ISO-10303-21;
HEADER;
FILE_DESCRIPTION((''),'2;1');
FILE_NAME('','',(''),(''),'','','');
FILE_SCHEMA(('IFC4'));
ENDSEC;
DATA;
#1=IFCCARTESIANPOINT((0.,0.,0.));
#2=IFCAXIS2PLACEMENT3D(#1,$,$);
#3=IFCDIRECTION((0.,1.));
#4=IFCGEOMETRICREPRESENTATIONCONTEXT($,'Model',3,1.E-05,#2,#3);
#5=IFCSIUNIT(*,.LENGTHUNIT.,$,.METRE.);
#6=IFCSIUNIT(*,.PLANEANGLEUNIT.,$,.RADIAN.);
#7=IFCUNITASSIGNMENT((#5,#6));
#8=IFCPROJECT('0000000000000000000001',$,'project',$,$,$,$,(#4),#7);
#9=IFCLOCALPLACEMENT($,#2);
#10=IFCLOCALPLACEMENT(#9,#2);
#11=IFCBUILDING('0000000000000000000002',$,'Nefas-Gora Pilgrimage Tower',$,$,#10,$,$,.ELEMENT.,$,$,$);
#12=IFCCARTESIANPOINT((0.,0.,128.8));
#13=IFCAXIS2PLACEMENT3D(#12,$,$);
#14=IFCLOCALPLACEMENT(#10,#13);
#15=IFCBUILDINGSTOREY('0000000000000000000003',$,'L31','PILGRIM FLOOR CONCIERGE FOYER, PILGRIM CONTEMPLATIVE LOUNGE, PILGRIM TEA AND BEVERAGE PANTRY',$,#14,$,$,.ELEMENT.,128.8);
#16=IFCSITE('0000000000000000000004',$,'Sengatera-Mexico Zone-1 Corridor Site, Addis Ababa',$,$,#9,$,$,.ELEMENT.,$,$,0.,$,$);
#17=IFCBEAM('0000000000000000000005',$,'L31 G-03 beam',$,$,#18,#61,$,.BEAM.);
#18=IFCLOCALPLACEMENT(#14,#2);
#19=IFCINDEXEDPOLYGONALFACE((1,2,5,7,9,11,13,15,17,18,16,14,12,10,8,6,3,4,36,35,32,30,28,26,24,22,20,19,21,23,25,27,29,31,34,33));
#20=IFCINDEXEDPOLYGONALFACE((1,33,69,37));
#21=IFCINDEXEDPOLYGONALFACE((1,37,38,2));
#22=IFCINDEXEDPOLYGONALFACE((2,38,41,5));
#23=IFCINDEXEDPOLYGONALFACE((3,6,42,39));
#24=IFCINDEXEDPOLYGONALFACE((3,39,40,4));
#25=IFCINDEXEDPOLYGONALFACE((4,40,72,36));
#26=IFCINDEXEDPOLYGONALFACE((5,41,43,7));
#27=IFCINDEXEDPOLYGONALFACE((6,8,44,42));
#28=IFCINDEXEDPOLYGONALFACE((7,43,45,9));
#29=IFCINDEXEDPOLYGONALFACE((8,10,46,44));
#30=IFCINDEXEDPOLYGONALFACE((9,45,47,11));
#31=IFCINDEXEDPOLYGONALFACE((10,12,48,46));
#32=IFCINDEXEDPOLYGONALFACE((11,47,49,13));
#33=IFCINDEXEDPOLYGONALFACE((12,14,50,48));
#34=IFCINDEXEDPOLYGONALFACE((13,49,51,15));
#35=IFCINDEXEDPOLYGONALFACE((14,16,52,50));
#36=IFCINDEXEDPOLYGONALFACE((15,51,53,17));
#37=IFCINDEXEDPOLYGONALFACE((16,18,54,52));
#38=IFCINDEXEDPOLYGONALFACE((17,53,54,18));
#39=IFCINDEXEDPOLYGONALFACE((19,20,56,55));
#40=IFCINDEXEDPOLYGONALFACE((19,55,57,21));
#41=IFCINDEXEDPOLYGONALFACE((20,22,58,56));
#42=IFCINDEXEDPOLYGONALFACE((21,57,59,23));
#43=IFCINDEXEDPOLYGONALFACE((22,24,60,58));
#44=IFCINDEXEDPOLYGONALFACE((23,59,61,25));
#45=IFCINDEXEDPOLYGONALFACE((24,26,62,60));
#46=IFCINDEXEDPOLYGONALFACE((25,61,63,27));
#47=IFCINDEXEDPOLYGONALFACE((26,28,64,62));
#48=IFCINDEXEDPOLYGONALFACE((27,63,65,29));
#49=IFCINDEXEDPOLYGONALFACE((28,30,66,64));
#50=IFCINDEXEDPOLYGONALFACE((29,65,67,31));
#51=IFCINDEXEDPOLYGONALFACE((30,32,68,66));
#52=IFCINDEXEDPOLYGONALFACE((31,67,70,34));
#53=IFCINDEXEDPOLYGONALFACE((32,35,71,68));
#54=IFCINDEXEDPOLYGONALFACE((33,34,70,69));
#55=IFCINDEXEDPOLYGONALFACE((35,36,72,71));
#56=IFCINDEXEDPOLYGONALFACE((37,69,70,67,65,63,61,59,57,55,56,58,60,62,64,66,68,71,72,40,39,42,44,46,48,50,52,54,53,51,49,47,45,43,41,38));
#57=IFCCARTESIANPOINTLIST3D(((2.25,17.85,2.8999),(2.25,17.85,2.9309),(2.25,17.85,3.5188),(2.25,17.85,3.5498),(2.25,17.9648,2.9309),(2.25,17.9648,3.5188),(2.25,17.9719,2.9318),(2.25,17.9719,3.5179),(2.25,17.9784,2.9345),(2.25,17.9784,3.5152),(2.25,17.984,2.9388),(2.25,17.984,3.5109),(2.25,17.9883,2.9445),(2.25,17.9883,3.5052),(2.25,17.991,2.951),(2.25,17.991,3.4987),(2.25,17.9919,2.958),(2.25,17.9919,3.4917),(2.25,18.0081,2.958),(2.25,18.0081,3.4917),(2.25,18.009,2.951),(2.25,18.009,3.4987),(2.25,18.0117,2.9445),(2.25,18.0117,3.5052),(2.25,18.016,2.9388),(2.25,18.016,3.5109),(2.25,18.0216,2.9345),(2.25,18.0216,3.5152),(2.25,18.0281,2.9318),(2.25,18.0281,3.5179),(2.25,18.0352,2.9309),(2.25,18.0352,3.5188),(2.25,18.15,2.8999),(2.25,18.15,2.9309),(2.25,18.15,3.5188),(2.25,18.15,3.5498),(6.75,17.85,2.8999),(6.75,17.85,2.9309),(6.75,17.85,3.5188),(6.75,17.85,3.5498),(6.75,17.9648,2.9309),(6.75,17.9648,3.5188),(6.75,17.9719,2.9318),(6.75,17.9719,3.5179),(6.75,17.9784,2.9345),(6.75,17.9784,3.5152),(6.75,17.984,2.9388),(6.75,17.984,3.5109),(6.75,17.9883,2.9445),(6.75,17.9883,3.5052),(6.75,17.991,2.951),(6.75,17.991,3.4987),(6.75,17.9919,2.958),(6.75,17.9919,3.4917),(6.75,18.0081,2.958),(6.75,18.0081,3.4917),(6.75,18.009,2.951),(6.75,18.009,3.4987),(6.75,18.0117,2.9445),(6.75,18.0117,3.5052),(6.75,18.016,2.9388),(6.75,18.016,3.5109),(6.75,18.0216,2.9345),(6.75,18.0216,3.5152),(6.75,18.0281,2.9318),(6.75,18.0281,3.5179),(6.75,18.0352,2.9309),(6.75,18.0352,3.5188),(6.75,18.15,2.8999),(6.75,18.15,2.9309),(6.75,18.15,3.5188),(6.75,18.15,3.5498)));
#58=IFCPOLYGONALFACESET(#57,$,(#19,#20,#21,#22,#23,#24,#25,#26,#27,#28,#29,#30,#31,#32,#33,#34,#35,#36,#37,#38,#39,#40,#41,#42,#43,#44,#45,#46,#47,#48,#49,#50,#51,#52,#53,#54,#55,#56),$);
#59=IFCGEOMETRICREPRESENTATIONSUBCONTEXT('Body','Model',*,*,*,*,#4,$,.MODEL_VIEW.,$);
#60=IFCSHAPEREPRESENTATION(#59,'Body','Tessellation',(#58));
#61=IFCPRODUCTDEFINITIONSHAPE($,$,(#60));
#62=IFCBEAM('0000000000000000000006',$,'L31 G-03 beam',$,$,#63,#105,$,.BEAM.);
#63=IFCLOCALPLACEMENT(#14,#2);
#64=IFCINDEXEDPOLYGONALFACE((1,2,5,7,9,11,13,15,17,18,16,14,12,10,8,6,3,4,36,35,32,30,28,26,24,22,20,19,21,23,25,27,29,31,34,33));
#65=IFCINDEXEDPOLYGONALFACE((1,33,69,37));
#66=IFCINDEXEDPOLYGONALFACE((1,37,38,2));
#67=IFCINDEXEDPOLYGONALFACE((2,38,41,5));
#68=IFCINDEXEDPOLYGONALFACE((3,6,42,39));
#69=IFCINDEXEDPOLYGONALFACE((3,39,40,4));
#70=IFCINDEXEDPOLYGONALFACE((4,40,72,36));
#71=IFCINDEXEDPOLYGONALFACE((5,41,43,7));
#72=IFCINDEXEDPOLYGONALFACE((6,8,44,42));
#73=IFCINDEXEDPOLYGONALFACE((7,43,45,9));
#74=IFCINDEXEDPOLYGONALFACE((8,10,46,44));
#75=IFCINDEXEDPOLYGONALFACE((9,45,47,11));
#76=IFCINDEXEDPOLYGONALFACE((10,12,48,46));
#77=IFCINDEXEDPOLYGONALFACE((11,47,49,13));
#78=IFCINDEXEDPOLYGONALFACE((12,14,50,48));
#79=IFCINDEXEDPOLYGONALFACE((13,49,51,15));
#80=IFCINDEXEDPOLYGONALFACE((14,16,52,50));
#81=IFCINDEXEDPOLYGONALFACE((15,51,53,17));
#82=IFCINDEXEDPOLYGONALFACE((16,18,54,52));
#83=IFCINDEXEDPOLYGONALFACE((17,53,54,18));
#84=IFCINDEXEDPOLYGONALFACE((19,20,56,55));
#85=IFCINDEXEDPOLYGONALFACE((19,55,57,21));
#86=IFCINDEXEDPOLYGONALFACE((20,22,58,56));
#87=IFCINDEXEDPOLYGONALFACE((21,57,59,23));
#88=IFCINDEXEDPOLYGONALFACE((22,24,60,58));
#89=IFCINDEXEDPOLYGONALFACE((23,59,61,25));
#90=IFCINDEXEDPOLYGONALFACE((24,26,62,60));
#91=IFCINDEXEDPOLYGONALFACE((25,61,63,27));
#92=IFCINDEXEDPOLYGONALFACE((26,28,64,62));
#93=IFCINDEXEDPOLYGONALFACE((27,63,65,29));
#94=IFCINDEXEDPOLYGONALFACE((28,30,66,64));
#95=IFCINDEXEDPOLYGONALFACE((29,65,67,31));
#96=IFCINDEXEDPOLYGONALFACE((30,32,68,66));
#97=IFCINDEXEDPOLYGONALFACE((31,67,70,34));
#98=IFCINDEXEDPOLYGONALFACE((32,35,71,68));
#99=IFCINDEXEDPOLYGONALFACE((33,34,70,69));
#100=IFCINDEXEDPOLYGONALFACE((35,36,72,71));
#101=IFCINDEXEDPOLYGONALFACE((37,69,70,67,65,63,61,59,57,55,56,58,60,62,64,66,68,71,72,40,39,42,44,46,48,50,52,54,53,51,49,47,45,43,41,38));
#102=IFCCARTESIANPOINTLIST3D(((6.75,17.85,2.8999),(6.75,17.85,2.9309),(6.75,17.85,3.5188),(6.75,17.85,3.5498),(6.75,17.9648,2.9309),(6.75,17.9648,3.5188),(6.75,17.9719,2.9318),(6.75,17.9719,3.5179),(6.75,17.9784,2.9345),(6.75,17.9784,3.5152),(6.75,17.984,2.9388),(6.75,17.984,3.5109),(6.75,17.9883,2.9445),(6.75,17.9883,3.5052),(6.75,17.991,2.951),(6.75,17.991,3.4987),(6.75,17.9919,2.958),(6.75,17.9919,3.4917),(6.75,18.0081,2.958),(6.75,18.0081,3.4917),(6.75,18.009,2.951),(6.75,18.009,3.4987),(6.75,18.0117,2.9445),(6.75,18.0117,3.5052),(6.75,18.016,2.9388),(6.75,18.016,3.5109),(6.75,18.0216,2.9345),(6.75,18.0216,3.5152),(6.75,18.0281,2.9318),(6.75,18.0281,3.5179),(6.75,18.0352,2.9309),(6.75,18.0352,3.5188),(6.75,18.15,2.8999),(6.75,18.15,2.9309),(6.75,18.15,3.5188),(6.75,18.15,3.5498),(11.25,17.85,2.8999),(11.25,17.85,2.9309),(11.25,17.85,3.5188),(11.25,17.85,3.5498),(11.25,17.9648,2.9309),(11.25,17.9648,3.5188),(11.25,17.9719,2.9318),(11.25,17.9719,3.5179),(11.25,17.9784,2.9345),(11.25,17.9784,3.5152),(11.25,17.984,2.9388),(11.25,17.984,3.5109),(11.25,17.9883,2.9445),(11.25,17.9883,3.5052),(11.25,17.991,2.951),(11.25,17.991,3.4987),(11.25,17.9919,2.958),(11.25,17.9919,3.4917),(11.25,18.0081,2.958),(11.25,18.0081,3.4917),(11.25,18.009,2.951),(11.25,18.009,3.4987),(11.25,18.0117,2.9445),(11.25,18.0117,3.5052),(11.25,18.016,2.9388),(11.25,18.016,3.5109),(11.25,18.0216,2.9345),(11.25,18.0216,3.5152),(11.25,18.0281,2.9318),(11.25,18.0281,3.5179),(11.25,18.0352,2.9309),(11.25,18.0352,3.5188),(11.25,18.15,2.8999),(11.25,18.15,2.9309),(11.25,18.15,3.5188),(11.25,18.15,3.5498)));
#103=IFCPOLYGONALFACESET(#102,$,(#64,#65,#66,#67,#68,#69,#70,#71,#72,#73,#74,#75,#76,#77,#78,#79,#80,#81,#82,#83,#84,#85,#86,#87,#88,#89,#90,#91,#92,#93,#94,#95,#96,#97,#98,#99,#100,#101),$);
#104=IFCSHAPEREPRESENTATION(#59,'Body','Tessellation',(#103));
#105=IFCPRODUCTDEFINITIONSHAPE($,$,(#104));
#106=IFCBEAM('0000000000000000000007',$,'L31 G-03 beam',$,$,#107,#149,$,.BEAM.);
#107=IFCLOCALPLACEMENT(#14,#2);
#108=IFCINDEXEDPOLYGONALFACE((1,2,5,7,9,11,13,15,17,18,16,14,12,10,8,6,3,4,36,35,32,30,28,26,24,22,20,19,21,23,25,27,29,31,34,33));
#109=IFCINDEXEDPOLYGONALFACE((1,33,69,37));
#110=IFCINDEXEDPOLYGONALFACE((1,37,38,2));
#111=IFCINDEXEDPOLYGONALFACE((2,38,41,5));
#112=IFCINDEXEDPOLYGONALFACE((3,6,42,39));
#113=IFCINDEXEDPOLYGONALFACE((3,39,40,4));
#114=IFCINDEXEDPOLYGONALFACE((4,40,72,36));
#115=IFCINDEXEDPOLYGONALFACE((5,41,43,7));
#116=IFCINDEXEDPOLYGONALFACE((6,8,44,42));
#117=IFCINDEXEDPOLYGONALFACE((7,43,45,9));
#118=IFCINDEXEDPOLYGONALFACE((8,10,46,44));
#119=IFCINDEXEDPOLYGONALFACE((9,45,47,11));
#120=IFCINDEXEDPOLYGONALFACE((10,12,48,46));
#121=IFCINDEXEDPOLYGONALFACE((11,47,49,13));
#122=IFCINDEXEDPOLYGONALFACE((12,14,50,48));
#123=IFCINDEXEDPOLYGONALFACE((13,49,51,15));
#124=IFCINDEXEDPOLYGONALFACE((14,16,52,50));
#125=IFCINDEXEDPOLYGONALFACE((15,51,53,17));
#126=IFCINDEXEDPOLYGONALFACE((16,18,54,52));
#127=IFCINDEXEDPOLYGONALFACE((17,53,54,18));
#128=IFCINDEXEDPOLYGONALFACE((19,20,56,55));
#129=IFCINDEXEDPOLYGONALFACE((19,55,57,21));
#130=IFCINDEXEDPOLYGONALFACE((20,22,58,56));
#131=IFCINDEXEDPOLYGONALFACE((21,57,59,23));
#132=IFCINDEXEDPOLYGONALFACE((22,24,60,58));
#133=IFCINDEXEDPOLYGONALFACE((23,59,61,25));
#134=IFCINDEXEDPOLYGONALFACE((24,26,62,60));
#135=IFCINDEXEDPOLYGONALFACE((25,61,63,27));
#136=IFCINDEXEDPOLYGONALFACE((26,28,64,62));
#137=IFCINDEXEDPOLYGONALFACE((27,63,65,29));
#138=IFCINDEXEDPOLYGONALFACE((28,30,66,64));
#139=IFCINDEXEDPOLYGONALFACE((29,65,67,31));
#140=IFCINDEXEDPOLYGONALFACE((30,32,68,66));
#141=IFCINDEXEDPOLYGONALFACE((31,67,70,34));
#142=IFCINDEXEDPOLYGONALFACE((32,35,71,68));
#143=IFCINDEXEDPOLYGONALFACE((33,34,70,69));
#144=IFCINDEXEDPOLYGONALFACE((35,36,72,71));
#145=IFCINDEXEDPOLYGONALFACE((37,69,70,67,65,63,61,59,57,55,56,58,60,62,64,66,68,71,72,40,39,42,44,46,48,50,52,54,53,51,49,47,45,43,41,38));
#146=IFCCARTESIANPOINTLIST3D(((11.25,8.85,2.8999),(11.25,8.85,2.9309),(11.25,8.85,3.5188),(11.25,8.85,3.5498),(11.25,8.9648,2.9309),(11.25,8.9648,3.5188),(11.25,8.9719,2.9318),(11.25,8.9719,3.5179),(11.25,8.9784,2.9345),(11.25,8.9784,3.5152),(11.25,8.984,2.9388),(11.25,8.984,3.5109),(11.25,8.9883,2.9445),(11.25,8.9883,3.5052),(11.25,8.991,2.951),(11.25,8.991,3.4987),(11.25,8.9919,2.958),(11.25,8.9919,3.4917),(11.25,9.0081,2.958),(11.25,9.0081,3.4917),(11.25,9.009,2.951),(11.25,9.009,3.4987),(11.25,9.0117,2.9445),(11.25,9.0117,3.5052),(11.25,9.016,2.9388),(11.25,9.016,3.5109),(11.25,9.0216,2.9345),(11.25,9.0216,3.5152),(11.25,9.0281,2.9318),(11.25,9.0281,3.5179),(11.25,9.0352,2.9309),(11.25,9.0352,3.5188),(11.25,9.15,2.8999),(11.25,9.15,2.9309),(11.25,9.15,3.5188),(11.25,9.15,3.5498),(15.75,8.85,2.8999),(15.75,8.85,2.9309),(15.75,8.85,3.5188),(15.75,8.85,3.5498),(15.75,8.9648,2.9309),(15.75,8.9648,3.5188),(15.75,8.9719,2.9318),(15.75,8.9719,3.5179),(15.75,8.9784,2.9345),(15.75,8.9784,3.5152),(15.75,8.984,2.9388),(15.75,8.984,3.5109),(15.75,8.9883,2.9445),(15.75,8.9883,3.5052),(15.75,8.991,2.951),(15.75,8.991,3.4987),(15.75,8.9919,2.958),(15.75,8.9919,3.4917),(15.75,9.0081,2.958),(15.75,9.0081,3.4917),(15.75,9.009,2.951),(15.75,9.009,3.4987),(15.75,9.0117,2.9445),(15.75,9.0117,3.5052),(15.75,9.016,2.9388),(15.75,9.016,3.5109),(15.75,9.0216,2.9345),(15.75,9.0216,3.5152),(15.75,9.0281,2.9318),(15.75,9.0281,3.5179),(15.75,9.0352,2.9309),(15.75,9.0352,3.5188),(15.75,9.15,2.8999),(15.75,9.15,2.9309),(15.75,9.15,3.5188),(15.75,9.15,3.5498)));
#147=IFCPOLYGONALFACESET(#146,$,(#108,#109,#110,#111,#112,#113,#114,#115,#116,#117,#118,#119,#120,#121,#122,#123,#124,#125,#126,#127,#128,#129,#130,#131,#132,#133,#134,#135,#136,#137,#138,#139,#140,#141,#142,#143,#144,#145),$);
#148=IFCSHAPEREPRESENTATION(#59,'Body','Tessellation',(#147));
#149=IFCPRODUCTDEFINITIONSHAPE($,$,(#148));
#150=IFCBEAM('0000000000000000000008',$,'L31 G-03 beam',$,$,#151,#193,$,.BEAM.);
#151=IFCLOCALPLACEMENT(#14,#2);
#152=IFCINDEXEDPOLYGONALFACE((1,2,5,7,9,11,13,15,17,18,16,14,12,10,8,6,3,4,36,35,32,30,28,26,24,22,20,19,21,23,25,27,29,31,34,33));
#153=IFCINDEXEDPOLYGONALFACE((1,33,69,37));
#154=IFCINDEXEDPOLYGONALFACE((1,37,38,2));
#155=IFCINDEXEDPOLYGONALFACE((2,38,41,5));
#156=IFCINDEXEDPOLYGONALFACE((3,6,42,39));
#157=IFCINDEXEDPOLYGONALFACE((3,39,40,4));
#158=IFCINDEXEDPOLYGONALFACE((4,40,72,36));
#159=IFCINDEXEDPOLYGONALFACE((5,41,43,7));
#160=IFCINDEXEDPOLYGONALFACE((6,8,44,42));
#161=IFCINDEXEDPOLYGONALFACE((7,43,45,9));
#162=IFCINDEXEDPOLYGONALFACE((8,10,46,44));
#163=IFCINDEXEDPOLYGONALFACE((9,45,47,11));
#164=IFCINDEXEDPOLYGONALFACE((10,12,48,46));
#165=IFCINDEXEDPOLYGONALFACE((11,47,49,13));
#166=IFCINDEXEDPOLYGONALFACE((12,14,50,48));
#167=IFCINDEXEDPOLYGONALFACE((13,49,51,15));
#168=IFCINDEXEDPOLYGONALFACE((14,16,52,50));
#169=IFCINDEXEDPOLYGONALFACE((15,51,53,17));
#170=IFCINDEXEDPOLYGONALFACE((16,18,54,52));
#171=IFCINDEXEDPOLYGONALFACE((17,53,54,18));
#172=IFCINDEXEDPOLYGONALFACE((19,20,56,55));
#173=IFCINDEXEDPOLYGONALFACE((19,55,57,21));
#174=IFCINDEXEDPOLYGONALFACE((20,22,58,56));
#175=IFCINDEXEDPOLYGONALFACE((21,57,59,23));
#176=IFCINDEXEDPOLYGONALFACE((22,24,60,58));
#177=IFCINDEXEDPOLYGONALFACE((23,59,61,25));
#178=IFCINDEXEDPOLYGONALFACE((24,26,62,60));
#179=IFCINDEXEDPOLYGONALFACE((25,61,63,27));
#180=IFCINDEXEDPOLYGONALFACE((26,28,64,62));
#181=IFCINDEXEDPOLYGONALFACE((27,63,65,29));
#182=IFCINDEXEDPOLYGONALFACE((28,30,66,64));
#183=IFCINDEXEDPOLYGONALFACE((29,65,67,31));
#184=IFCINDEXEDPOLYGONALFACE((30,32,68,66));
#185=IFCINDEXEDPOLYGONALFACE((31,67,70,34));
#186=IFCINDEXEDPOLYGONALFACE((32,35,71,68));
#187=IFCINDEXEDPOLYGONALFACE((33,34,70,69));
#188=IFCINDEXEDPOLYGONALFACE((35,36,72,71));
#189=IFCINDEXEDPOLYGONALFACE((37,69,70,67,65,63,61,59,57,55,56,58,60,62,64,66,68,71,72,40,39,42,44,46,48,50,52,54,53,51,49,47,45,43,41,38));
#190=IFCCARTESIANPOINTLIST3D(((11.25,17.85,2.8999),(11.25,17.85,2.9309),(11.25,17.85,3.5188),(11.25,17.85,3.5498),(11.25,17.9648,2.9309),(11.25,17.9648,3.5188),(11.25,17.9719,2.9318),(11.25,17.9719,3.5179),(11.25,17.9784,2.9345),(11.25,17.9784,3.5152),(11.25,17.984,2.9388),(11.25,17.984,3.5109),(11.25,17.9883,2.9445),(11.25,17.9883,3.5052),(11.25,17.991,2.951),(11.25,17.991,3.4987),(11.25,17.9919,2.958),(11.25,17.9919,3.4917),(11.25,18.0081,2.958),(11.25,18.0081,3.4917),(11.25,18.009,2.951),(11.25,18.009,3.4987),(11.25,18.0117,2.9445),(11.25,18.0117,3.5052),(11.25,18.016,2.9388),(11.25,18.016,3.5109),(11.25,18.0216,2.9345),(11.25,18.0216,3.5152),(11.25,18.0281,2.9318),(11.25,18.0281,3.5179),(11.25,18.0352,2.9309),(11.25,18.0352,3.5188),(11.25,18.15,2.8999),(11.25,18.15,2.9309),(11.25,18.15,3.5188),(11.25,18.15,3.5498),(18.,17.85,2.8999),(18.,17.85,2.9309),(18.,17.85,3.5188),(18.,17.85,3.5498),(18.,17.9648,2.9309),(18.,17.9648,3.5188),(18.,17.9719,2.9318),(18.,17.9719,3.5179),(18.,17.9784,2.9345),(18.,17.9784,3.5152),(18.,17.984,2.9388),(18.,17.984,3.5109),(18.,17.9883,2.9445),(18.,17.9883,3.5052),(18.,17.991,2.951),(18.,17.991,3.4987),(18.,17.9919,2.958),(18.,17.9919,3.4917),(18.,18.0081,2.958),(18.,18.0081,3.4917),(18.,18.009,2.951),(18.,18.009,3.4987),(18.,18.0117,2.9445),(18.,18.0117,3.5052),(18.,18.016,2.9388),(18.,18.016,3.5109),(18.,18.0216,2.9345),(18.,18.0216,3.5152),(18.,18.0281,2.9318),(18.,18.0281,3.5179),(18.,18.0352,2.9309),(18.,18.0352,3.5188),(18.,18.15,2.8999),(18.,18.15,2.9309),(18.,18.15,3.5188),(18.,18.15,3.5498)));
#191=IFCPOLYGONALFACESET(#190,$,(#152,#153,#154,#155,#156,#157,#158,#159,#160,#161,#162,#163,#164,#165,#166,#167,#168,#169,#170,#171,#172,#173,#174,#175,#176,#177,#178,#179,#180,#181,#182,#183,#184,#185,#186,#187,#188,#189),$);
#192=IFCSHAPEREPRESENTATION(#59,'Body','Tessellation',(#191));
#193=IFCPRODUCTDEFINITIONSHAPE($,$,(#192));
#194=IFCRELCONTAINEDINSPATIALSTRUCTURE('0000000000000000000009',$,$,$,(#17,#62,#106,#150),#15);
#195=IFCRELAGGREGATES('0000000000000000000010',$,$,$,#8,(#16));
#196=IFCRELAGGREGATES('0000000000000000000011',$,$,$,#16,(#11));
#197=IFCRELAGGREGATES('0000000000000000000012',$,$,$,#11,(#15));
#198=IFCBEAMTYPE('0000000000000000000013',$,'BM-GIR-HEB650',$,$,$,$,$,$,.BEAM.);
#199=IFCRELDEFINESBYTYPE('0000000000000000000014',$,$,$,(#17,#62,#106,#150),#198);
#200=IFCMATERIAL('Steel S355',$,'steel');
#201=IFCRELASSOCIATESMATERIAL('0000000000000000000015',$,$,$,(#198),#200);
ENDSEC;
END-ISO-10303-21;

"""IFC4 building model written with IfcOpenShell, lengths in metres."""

from ifc_helpers import new_model, si_unit, direction, frame, origin, origin_2d, place, context, subcontext, project, spatial, i_section, extrude, source, transform, mapped, material, material_profile, profile_set, type_object, element, save


model = new_model("IFC4")

# Units and contexts
model_context = context("Model", 3, precision=1e-05, world=origin(), true_north=direction((0.0, 1.0)))
body_context = subcontext(model_context, "Body", "Model", "MODEL_VIEW")
ifc_project = project(units=[si_unit("LENGTHUNIT", "METRE"), si_unit("PLANEANGLEUNIT", "RADIAN")], contexts=[model_context])

# Site, building, storey
site_placement = place(None, origin())
site = spatial("IfcSite", under=ifc_project, at=site_placement, Name="Sengatera-Mexico Zone-1 Corridor Site, Addis Ababa", CompositionType="ELEMENT", RefElevation=0.0)
building_placement = place(site_placement, origin())
building = spatial("IfcBuilding", under=site, at=building_placement, Name="Nefas-Gora Pilgrimage Tower", CompositionType="ELEMENT")
storey_placement = place(building_placement, frame((0.0, 0.0, 128.8)))
storey = spatial("IfcBuildingStorey", under=building, at=storey_placement, Name="L31", Description="PILGRIM FLOOR CONCIERGE FOYER, PILGRIM CONTEMPLATIVE LOUNGE, PILGRIM TEA AND BEVERAGE PANTRY", CompositionType="ELEMENT", Elevation=128.8)

# Beams
ifc_material_1 = material(Name="Steel S355", Category="steel")
ifc_material_profile_1 = material_profile(ifc_material_1, i_section(OverallWidth=0.3, OverallDepth=0.6499, WebThickness=0.0161, FlangeThickness=0.031, FilletRadius=0.0271, at=origin_2d()), Name="HEB 650")
ifc_profile_set_1 = profile_set([ifc_material_profile_1], Name="Steel S355")
beam_type_1 = type_object("IfcBeamType", Name="BM-GIR-HEB650", PredefinedType="BEAM", material=ifc_profile_set_1)
shared_shape_1 = source(origin(), body_context, "Body", "SweptSolid", [
    extrude(i_section(OverallWidth=0.3, OverallDepth=0.6499, WebThickness=0.0161, FlangeThickness=0.031, FilletRadius=0.0271, at=origin_2d()), origin(), (0.0, 0.0, 1.0), 4.5),
])
for number, where, z_axis, x_axis, name in (
    (1, (2.25, 18.0, 3.2249), (1.0, 0.0, 0.0), (0.0, 1.0, 0.0), "L31 G-03 beam"),
    (2, (6.75, 18.0, 3.2249), (1.0, 0.0, 0.0), (0.0, 1.0, 0.0), "L31 G-03 beam"),
    (3, (11.25, 9.0, 3.2249), (1.0, 0.0, 0.0), (0.0, 1.0, 0.0), "L31 G-03 beam"),
):
    element("IfcBeam", number, at=place(storey_placement, frame(where, z_axis=z_axis, x_axis=x_axis)), inside=storey, type_object=beam_type_1, Name=name, PredefinedType="BEAM", context=body_context, shape_type="MappedRepresentation", body=[
        mapped(shared_shape_1, transform((0.0, 0.0, 0.0), x_axis=(1.0, 0.0, 0.0), y_axis=(0.0, 1.0, 0.0), z_axis=(0.0, 0.0, 1.0), scale=1.0)),
    ])
shared_shape_2 = source(origin(), body_context, "Body", "SweptSolid", [
    extrude(i_section(OverallWidth=0.3, OverallDepth=0.6499, WebThickness=0.0161, FlangeThickness=0.031, FilletRadius=0.0271, at=origin_2d()), origin(), (0.0, 0.0, 1.0), 6.75),
])
beam_1_placement = place(storey_placement, frame((11.25, 18.0, 3.2249), z_axis=(1.0, 0.0, 0.0), x_axis=(0.0, 1.0, 0.0)))
element("IfcBeam", 4, at=beam_1_placement, inside=storey, type_object=beam_type_1, Name="L31 G-03 beam", PredefinedType="BEAM", context=body_context, shape_type="MappedRepresentation", body=[
    mapped(shared_shape_2, transform((0.0, 0.0, 0.0), x_axis=(1.0, 0.0, 0.0), y_axis=(0.0, 1.0, 0.0), z_axis=(0.0, 0.0, 1.0), scale=1.0)),
])

save(model, "model.ifc")
